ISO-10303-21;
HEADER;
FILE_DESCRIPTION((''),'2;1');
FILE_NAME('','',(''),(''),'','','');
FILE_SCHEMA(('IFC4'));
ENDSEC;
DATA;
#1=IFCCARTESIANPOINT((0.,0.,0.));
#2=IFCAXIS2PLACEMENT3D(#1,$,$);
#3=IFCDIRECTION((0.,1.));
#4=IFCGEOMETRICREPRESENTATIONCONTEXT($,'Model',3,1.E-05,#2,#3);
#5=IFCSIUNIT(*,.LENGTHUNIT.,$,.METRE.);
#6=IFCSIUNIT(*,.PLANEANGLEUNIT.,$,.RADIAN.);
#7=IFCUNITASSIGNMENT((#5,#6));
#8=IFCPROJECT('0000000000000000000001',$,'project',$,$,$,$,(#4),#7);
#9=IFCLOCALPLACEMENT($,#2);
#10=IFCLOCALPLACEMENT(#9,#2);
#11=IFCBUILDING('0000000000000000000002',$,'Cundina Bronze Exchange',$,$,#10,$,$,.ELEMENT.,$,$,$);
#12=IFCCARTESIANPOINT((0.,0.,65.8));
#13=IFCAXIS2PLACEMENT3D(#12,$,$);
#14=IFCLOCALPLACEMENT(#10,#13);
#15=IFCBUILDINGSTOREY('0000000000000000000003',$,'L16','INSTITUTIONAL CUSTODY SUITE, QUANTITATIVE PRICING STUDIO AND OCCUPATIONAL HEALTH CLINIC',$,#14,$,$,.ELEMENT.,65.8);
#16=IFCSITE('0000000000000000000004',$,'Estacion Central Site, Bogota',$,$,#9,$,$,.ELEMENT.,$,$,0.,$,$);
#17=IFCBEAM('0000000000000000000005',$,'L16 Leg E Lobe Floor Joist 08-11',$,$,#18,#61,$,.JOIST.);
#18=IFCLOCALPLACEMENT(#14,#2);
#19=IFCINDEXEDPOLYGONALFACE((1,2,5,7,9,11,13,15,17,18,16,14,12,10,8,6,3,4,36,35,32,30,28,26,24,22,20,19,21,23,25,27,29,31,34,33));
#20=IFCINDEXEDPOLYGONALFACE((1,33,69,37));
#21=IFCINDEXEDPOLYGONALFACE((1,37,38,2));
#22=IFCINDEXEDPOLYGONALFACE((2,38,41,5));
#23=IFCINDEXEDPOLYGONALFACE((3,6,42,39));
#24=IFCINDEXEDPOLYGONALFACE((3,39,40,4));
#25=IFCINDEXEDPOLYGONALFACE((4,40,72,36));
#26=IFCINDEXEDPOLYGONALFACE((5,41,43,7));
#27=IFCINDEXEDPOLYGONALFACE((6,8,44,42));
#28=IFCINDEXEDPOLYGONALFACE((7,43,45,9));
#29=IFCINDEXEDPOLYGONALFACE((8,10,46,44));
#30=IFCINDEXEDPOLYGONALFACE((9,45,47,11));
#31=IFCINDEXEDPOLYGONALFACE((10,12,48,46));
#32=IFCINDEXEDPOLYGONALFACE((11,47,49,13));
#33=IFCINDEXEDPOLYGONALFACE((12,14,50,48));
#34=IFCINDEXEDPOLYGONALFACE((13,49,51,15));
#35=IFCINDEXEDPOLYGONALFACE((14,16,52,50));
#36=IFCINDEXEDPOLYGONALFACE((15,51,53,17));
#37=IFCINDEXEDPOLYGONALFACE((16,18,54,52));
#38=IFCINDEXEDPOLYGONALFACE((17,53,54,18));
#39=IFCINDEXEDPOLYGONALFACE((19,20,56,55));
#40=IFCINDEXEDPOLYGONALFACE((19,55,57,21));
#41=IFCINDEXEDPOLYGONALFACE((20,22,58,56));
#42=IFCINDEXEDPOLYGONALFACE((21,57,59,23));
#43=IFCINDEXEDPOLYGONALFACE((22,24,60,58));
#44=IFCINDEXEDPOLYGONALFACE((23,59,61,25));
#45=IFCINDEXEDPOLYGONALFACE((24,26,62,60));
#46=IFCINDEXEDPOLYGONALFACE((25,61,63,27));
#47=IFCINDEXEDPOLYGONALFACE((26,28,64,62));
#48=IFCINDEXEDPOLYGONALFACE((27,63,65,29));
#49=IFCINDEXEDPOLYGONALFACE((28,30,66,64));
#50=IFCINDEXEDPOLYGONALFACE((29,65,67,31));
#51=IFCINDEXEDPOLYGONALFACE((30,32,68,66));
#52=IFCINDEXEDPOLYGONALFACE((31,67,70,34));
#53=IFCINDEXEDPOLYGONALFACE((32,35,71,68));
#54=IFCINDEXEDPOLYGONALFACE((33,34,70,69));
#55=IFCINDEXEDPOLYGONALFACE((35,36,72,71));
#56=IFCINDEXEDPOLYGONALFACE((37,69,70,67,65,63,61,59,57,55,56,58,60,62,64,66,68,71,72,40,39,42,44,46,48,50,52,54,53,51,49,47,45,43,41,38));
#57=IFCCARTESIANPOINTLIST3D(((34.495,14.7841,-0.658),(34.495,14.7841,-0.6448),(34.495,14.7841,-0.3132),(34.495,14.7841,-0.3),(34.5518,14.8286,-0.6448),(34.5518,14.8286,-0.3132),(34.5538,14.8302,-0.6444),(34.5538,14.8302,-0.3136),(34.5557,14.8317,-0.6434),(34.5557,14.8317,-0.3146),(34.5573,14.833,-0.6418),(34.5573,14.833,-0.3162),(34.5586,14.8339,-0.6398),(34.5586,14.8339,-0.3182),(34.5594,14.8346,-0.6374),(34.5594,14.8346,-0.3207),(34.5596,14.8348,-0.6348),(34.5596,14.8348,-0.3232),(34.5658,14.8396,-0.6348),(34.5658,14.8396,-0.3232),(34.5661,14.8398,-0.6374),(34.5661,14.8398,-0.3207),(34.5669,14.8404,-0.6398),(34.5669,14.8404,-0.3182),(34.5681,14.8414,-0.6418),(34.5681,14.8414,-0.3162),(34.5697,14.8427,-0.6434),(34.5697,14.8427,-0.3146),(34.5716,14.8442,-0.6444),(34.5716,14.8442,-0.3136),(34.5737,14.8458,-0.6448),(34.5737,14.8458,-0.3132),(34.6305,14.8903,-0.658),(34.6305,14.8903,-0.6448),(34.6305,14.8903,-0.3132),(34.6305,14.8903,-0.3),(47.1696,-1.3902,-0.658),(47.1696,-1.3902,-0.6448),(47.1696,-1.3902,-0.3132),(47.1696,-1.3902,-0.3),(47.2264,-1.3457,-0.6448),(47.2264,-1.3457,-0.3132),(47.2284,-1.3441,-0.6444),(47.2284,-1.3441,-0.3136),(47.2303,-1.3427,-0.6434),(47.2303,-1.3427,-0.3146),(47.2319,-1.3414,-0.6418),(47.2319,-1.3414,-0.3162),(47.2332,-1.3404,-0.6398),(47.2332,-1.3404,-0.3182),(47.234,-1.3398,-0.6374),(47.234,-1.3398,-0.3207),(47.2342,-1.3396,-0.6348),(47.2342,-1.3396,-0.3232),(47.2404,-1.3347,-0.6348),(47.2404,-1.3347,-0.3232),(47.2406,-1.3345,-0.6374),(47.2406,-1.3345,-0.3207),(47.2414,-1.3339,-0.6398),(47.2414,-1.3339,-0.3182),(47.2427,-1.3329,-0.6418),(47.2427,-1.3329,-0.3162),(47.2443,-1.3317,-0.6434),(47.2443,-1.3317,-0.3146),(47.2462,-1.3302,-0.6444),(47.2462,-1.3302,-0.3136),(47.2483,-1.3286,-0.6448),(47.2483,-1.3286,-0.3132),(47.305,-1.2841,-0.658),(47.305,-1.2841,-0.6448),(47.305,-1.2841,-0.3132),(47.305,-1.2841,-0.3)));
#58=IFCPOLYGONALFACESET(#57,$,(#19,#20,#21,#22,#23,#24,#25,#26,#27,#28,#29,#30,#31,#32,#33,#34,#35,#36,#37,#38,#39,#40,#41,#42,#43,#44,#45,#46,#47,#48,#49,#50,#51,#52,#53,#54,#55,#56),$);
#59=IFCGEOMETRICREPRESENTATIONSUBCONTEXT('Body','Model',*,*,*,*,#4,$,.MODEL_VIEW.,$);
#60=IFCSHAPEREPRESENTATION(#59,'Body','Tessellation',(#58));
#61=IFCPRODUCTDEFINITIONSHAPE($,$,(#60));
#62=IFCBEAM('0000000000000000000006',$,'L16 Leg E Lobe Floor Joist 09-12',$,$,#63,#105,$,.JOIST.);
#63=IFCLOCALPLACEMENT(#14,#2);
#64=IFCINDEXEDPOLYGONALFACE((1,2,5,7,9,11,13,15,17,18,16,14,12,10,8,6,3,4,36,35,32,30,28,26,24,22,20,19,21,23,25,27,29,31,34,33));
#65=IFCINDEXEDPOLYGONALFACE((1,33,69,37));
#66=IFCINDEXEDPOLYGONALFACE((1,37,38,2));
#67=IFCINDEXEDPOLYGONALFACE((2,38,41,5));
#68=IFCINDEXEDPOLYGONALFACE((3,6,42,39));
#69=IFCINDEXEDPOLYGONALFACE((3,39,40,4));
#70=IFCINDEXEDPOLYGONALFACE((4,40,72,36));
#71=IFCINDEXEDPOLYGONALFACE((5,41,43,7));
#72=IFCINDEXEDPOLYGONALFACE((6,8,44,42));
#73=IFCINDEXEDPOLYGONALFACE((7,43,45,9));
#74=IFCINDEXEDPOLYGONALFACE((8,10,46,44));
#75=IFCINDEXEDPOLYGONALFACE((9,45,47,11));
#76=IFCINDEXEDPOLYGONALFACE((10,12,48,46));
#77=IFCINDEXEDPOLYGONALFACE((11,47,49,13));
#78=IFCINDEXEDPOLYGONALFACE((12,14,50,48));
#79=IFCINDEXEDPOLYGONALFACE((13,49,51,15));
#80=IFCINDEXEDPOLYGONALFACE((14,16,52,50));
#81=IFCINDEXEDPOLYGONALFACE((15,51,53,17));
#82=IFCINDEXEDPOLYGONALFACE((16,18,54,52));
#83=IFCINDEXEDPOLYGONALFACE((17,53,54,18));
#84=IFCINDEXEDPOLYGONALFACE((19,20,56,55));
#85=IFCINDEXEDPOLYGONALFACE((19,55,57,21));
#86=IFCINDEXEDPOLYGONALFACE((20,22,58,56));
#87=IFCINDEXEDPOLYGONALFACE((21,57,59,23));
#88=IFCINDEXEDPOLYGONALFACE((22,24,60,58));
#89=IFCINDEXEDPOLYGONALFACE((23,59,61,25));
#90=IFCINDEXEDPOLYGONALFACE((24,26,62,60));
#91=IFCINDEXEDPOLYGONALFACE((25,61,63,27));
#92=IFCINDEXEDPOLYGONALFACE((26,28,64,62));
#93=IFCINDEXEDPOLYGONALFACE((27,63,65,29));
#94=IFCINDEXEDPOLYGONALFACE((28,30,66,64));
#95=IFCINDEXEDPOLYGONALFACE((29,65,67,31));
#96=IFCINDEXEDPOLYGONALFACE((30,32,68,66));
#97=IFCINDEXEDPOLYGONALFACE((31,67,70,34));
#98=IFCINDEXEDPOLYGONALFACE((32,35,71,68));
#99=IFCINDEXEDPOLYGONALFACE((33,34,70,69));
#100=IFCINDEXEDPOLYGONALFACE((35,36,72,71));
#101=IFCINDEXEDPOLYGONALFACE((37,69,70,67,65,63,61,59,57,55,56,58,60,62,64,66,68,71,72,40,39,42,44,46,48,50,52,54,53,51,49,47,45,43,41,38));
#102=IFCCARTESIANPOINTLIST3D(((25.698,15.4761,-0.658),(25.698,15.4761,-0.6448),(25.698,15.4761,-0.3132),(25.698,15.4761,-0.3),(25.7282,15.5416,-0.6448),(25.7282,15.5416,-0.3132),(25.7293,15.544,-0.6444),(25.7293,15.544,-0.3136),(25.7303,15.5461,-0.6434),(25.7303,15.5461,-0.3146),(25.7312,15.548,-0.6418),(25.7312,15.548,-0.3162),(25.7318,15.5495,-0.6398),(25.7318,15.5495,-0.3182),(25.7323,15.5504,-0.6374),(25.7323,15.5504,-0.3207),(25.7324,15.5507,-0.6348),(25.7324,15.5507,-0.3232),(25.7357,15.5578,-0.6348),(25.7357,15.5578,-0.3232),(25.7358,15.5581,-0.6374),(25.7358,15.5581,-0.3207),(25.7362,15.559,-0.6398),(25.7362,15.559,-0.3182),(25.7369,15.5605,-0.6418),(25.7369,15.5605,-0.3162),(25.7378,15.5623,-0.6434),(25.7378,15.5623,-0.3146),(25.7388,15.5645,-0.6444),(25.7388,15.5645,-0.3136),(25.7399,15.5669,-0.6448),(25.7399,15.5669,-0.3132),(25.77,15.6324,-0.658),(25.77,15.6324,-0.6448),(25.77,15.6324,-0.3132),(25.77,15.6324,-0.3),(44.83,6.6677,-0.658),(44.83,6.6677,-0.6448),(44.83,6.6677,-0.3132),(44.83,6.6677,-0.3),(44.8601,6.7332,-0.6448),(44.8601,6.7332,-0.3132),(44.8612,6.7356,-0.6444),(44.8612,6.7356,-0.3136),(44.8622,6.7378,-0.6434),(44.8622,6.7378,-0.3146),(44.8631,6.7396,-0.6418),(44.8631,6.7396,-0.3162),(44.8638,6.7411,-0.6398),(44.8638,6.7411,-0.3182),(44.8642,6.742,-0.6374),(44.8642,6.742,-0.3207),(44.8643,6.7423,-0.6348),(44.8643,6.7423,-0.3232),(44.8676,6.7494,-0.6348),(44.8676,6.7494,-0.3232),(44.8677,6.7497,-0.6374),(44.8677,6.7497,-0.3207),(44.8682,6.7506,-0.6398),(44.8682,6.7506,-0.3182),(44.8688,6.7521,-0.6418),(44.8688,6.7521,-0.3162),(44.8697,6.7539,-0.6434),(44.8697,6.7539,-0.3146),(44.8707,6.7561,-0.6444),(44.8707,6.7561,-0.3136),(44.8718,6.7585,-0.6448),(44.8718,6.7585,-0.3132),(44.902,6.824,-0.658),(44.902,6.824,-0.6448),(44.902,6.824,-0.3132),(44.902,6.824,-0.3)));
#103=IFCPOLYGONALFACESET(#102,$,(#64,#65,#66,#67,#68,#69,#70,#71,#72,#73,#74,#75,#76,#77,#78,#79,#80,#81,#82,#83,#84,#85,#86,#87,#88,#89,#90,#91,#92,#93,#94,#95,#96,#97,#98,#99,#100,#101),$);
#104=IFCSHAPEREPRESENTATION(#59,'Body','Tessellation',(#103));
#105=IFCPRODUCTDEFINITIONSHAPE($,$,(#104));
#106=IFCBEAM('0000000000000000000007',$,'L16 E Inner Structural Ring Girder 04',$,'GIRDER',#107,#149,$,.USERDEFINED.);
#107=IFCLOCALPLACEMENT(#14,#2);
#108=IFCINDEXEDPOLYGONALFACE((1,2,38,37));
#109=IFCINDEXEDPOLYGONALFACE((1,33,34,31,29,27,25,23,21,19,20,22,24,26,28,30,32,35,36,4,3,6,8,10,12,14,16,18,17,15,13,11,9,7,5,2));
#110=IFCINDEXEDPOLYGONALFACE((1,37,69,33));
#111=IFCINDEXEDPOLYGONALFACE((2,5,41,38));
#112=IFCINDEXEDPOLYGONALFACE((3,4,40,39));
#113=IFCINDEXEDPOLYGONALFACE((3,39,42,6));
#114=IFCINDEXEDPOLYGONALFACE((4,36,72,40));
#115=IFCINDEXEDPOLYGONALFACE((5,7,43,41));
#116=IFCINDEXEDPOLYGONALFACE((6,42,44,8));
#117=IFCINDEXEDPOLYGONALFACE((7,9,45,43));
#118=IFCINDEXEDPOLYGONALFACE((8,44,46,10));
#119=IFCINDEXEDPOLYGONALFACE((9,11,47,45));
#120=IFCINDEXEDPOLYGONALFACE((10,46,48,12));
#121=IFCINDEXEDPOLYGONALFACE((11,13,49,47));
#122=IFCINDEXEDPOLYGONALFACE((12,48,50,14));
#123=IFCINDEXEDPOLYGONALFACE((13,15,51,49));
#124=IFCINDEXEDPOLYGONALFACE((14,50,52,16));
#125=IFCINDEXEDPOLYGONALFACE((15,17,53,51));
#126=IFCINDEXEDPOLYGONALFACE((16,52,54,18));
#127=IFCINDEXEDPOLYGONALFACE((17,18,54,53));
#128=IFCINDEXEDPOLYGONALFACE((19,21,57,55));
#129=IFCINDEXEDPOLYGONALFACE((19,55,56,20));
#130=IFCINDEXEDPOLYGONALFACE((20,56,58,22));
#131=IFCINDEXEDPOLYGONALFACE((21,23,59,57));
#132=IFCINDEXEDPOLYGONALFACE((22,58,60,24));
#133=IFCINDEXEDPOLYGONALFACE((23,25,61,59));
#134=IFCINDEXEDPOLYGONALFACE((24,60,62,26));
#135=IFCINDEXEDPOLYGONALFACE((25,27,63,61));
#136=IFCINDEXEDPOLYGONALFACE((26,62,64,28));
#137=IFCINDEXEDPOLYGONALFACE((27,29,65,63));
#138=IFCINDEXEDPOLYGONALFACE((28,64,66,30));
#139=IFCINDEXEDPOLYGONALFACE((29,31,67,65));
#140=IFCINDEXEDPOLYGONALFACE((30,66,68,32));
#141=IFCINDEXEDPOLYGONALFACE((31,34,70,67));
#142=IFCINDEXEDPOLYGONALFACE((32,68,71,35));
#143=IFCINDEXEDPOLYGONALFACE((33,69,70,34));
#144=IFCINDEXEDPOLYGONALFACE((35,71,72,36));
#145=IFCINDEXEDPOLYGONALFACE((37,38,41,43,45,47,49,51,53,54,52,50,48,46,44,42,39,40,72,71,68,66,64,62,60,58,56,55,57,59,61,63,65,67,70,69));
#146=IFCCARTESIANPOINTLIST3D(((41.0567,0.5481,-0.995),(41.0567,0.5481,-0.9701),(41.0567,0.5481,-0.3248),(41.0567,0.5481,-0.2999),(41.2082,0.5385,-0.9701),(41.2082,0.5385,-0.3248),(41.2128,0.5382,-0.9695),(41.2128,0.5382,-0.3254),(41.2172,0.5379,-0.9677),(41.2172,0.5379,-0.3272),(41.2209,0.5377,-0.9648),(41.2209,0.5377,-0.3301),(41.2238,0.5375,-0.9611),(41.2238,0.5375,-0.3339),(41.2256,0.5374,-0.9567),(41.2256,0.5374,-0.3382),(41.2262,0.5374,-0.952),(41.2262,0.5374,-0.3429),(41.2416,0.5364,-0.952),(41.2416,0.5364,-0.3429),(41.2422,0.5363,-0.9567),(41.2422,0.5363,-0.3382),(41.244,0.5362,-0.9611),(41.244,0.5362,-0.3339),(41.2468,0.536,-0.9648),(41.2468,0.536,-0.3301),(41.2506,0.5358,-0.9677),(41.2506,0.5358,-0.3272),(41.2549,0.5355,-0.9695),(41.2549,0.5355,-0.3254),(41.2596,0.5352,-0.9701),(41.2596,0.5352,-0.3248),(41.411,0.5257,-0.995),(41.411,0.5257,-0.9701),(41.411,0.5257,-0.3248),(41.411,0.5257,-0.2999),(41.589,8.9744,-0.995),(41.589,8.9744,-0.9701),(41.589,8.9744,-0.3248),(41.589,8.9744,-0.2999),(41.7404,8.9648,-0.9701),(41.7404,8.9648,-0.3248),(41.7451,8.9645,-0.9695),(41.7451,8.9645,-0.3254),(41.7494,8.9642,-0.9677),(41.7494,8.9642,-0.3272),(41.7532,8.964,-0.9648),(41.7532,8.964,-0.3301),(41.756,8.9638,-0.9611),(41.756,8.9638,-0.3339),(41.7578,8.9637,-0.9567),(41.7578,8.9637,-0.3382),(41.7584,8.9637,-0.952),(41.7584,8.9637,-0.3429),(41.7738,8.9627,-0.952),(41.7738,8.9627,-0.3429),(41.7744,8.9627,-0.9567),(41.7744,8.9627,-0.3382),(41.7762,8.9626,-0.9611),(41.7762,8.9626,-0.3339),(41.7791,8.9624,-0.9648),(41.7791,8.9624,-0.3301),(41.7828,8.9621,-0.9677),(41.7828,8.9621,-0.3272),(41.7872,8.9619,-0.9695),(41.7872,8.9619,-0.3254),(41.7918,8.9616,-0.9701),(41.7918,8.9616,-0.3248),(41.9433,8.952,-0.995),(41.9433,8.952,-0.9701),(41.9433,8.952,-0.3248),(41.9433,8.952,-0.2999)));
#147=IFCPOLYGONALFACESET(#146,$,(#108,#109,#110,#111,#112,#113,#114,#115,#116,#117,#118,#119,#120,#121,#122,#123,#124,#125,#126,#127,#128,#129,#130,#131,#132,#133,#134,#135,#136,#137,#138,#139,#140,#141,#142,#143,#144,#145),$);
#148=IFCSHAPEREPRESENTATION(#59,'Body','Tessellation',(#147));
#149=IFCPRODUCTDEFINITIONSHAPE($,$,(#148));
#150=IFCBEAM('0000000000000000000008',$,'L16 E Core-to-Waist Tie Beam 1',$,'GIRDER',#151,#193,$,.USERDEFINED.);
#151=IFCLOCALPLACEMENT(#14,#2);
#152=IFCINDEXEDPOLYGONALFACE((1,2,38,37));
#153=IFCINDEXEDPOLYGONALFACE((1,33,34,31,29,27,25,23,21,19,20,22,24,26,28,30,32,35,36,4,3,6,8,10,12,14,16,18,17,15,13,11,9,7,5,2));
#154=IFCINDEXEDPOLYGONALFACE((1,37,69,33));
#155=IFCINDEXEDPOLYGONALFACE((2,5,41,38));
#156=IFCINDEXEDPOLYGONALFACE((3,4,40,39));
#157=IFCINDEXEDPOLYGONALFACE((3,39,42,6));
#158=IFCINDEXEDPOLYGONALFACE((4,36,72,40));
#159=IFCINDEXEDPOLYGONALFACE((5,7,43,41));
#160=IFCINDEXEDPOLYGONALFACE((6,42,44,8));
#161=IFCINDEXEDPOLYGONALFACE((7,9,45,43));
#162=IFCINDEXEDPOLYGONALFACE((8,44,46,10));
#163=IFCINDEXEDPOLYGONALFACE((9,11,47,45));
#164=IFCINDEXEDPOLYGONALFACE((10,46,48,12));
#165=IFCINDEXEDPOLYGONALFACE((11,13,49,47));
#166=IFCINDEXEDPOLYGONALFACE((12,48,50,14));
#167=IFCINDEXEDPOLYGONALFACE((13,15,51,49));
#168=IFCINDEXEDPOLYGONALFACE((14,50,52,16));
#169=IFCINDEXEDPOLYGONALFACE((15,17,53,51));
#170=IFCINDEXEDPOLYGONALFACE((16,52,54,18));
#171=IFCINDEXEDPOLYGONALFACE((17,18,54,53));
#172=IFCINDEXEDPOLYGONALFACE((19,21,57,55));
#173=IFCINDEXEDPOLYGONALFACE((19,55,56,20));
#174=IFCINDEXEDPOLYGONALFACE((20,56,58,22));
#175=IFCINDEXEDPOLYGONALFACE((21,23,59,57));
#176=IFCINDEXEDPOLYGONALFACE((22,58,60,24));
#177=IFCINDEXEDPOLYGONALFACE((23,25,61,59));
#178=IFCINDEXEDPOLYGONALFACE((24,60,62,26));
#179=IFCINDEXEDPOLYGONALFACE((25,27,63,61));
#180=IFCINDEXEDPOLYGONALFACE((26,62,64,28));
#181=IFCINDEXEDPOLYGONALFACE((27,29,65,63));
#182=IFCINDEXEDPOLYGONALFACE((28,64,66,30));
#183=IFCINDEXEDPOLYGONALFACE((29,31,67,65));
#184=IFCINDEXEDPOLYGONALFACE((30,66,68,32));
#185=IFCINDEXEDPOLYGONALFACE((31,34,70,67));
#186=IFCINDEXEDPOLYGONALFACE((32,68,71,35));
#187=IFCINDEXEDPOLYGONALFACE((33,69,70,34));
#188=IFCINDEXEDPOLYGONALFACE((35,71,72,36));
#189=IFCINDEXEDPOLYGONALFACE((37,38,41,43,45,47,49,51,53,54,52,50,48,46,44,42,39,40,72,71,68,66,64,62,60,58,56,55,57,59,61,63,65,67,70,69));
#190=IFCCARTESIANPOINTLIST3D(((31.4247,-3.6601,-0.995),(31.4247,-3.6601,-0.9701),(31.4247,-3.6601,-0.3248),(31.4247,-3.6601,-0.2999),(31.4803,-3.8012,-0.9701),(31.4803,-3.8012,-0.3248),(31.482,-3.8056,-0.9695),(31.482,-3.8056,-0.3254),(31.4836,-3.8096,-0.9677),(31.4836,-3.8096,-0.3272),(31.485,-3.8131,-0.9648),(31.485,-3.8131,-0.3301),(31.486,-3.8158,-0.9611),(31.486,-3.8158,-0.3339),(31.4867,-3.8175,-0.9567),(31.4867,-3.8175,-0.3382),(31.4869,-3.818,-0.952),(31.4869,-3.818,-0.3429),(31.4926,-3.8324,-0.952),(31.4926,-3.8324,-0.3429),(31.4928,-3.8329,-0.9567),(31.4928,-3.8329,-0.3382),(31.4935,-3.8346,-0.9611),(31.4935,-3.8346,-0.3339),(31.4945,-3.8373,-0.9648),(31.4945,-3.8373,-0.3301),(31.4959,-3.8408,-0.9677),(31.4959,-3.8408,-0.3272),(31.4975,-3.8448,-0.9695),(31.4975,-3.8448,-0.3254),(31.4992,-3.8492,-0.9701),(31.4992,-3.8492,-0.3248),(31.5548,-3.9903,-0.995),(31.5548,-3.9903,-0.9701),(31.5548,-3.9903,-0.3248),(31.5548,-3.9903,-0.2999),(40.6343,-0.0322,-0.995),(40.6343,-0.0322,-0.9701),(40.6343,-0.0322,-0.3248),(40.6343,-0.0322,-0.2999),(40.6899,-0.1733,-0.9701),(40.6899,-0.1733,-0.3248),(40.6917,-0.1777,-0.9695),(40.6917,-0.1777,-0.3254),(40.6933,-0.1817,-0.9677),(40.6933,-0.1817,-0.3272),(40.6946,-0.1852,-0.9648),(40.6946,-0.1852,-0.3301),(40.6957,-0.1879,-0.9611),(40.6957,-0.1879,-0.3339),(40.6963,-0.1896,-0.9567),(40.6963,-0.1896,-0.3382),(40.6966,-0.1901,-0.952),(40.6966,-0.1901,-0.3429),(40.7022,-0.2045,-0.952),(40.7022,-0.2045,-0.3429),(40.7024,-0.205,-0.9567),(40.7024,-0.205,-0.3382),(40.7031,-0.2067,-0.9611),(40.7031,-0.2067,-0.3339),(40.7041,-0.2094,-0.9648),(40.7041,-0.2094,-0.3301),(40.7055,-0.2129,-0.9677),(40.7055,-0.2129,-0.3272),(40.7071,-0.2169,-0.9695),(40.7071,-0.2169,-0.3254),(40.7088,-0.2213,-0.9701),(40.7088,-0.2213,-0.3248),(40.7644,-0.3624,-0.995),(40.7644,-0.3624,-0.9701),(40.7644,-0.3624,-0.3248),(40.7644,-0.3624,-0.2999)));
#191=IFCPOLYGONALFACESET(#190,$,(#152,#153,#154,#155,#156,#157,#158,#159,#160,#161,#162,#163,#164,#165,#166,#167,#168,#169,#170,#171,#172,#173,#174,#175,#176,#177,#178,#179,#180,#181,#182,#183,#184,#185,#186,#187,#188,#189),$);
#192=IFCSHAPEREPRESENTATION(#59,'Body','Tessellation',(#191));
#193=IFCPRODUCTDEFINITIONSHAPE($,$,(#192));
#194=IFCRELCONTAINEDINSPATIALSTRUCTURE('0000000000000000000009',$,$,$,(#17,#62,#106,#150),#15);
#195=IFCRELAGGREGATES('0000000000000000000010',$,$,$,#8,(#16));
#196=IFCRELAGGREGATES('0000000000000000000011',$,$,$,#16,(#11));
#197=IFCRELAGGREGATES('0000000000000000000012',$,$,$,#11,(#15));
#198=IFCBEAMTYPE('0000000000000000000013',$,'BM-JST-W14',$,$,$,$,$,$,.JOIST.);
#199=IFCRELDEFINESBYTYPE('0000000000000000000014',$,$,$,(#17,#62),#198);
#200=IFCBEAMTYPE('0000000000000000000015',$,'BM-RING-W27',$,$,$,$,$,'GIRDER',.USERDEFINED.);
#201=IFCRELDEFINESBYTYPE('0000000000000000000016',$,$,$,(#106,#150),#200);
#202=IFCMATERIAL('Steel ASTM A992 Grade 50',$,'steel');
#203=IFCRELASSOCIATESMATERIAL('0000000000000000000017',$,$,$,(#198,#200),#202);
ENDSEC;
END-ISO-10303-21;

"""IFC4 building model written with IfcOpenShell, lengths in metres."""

from ifc_helpers import new_model, si_unit, direction, frame, origin, origin_2d, place, context, subcontext, project, spatial, i_section, extrude, material, material_profile, profile_set, type_object, element, save


model = new_model("IFC4")

# Units and contexts
model_context = context("Model", 3, precision=1e-05, world=origin(), true_north=direction((0.0, 1.0)))
body_context = subcontext(model_context, "Body", "Model", "MODEL_VIEW")
ifc_project = project(units=[si_unit("LENGTHUNIT", "METRE"), si_unit("PLANEANGLEUNIT", "RADIAN")], contexts=[model_context])

# Site, building, storey
site_placement = place(None, origin())
site = spatial("IfcSite", under=ifc_project, at=site_placement, Name="Estacion Central Site, Bogota", CompositionType="ELEMENT", RefElevation=0.0)
building_placement = place(site_placement, origin())
building = spatial("IfcBuilding", under=site, at=building_placement, Name="Cundina Bronze Exchange", CompositionType="ELEMENT")
storey_placement = place(building_placement, frame((0.0, 0.0, 65.8)))
storey = spatial("IfcBuildingStorey", under=building, at=storey_placement, Name="L16", Description="INSTITUTIONAL CUSTODY SUITE, QUANTITATIVE PRICING STUDIO AND OCCUPATIONAL HEALTH CLINIC", CompositionType="ELEMENT", Elevation=65.8)

# Shared definitions
ifc_material_1 = material(Name="Steel ASTM A992 Grade 50", Category="steel")

# Beams
ifc_material_profile_1 = material_profile(ifc_material_1, i_section(OverallWidth=0.1721, OverallDepth=0.3579, WebThickness=0.0078, FlangeThickness=0.0132, FilletRadius=0.01, at=origin_2d()), Name="W14X38", Category="steel")
ifc_profile_set_1 = profile_set([ifc_material_profile_1], Name="Steel ASTM A992 Grade 50")
beam_type_1 = type_object("IfcBeamType", Name="BM-JST-W14", PredefinedType="JOIST", material=ifc_profile_set_1)
beam_1_placement = place(storey_placement, frame((47.2373, -1.3372, -0.479), z_axis=(-0.616803, 0.787117, 0.0), x_axis=(-0.787117, -0.616803, 0.0)))
element("IfcBeam", 1, at=beam_1_placement, inside=storey, type_object=beam_type_1, Name="L16 Leg E Lobe Floor Joist 08-11", PredefinedType="JOIST", context=body_context, shape_type="SweptSolid", body=[
    extrude(i_section(OverallWidth=0.1721, OverallDepth=0.3579, WebThickness=0.0078, FlangeThickness=0.0132, FilletRadius=0.01, at=origin_2d()), origin(), (0.0, 0.0, 1.0), 20.5488),
])
beam_2_placement = place(storey_placement, frame((44.866, 6.7458, -0.479), z_axis=(-0.908352, 0.418208, 0.0), x_axis=(-0.418208, -0.908352, 0.0)))
element("IfcBeam", 2, at=beam_2_placement, inside=storey, type_object=beam_type_1, Name="L16 Leg E Lobe Floor Joist 09-12", PredefinedType="JOIST", context=body_context, shape_type="SweptSolid", body=[
    extrude(i_section(OverallWidth=0.1721, OverallDepth=0.3579, WebThickness=0.0078, FlangeThickness=0.0132, FilletRadius=0.01, at=origin_2d()), origin(), (0.0, 0.0, 1.0), 21.0623),
])
ifc_material_profile_2 = material_profile(ifc_material_1, i_section(OverallWidth=0.355, OverallDepth=0.6951, WebThickness=0.0154, FlangeThickness=0.0249, FilletRadius=0.0181, at=origin_2d()), Name="W27X146", Category="steel")
ifc_profile_set_2 = profile_set([ifc_material_profile_2], Name="Steel ASTM A992 Grade 50")
beam_type_2 = type_object("IfcBeamType", Name="BM-RING-W27", ElementType="GIRDER", PredefinedType="USERDEFINED", material=ifc_profile_set_2)
beam_3_placement = place(storey_placement, frame((41.2339, 0.5369, -0.6475), z_axis=(0.063037, 0.998011, 0.0), x_axis=(-0.998011, 0.063037, 0.0)))
element("IfcBeam", 3, at=beam_3_placement, inside=storey, type_object=beam_type_2, Name="L16 E Inner Structural Ring Girder 04", ObjectType="GIRDER", PredefinedType="USERDEFINED", context=body_context, shape_type="SweptSolid", body=[
    extrude(i_section(OverallWidth=0.355, OverallDepth=0.6951, WebThickness=0.0154, FlangeThickness=0.0249, FilletRadius=0.0181, at=origin_2d()), origin(), (0.0, 0.0, 1.0), 8.4431),
])
beam_4_placement = place(storey_placement, frame((31.4897, -3.8252, -0.6475), z_axis=(0.930413, 0.366512, 0.0), x_axis=(-0.366512, 0.930413, 0.0)))
element("IfcBeam", 4, at=beam_4_placement, inside=storey, type_object=beam_type_2, Name="L16 E Core-to-Waist Tie Beam 1", ObjectType="GIRDER", PredefinedType="USERDEFINED", context=body_context, shape_type="SweptSolid", body=[
    extrude(i_section(OverallWidth=0.355, OverallDepth=0.6951, WebThickness=0.0154, FlangeThickness=0.0249, FilletRadius=0.0181, at=origin_2d()), origin(), (0.0, 0.0, 1.0), 9.8984),
])

save(model, "model.ifc")
